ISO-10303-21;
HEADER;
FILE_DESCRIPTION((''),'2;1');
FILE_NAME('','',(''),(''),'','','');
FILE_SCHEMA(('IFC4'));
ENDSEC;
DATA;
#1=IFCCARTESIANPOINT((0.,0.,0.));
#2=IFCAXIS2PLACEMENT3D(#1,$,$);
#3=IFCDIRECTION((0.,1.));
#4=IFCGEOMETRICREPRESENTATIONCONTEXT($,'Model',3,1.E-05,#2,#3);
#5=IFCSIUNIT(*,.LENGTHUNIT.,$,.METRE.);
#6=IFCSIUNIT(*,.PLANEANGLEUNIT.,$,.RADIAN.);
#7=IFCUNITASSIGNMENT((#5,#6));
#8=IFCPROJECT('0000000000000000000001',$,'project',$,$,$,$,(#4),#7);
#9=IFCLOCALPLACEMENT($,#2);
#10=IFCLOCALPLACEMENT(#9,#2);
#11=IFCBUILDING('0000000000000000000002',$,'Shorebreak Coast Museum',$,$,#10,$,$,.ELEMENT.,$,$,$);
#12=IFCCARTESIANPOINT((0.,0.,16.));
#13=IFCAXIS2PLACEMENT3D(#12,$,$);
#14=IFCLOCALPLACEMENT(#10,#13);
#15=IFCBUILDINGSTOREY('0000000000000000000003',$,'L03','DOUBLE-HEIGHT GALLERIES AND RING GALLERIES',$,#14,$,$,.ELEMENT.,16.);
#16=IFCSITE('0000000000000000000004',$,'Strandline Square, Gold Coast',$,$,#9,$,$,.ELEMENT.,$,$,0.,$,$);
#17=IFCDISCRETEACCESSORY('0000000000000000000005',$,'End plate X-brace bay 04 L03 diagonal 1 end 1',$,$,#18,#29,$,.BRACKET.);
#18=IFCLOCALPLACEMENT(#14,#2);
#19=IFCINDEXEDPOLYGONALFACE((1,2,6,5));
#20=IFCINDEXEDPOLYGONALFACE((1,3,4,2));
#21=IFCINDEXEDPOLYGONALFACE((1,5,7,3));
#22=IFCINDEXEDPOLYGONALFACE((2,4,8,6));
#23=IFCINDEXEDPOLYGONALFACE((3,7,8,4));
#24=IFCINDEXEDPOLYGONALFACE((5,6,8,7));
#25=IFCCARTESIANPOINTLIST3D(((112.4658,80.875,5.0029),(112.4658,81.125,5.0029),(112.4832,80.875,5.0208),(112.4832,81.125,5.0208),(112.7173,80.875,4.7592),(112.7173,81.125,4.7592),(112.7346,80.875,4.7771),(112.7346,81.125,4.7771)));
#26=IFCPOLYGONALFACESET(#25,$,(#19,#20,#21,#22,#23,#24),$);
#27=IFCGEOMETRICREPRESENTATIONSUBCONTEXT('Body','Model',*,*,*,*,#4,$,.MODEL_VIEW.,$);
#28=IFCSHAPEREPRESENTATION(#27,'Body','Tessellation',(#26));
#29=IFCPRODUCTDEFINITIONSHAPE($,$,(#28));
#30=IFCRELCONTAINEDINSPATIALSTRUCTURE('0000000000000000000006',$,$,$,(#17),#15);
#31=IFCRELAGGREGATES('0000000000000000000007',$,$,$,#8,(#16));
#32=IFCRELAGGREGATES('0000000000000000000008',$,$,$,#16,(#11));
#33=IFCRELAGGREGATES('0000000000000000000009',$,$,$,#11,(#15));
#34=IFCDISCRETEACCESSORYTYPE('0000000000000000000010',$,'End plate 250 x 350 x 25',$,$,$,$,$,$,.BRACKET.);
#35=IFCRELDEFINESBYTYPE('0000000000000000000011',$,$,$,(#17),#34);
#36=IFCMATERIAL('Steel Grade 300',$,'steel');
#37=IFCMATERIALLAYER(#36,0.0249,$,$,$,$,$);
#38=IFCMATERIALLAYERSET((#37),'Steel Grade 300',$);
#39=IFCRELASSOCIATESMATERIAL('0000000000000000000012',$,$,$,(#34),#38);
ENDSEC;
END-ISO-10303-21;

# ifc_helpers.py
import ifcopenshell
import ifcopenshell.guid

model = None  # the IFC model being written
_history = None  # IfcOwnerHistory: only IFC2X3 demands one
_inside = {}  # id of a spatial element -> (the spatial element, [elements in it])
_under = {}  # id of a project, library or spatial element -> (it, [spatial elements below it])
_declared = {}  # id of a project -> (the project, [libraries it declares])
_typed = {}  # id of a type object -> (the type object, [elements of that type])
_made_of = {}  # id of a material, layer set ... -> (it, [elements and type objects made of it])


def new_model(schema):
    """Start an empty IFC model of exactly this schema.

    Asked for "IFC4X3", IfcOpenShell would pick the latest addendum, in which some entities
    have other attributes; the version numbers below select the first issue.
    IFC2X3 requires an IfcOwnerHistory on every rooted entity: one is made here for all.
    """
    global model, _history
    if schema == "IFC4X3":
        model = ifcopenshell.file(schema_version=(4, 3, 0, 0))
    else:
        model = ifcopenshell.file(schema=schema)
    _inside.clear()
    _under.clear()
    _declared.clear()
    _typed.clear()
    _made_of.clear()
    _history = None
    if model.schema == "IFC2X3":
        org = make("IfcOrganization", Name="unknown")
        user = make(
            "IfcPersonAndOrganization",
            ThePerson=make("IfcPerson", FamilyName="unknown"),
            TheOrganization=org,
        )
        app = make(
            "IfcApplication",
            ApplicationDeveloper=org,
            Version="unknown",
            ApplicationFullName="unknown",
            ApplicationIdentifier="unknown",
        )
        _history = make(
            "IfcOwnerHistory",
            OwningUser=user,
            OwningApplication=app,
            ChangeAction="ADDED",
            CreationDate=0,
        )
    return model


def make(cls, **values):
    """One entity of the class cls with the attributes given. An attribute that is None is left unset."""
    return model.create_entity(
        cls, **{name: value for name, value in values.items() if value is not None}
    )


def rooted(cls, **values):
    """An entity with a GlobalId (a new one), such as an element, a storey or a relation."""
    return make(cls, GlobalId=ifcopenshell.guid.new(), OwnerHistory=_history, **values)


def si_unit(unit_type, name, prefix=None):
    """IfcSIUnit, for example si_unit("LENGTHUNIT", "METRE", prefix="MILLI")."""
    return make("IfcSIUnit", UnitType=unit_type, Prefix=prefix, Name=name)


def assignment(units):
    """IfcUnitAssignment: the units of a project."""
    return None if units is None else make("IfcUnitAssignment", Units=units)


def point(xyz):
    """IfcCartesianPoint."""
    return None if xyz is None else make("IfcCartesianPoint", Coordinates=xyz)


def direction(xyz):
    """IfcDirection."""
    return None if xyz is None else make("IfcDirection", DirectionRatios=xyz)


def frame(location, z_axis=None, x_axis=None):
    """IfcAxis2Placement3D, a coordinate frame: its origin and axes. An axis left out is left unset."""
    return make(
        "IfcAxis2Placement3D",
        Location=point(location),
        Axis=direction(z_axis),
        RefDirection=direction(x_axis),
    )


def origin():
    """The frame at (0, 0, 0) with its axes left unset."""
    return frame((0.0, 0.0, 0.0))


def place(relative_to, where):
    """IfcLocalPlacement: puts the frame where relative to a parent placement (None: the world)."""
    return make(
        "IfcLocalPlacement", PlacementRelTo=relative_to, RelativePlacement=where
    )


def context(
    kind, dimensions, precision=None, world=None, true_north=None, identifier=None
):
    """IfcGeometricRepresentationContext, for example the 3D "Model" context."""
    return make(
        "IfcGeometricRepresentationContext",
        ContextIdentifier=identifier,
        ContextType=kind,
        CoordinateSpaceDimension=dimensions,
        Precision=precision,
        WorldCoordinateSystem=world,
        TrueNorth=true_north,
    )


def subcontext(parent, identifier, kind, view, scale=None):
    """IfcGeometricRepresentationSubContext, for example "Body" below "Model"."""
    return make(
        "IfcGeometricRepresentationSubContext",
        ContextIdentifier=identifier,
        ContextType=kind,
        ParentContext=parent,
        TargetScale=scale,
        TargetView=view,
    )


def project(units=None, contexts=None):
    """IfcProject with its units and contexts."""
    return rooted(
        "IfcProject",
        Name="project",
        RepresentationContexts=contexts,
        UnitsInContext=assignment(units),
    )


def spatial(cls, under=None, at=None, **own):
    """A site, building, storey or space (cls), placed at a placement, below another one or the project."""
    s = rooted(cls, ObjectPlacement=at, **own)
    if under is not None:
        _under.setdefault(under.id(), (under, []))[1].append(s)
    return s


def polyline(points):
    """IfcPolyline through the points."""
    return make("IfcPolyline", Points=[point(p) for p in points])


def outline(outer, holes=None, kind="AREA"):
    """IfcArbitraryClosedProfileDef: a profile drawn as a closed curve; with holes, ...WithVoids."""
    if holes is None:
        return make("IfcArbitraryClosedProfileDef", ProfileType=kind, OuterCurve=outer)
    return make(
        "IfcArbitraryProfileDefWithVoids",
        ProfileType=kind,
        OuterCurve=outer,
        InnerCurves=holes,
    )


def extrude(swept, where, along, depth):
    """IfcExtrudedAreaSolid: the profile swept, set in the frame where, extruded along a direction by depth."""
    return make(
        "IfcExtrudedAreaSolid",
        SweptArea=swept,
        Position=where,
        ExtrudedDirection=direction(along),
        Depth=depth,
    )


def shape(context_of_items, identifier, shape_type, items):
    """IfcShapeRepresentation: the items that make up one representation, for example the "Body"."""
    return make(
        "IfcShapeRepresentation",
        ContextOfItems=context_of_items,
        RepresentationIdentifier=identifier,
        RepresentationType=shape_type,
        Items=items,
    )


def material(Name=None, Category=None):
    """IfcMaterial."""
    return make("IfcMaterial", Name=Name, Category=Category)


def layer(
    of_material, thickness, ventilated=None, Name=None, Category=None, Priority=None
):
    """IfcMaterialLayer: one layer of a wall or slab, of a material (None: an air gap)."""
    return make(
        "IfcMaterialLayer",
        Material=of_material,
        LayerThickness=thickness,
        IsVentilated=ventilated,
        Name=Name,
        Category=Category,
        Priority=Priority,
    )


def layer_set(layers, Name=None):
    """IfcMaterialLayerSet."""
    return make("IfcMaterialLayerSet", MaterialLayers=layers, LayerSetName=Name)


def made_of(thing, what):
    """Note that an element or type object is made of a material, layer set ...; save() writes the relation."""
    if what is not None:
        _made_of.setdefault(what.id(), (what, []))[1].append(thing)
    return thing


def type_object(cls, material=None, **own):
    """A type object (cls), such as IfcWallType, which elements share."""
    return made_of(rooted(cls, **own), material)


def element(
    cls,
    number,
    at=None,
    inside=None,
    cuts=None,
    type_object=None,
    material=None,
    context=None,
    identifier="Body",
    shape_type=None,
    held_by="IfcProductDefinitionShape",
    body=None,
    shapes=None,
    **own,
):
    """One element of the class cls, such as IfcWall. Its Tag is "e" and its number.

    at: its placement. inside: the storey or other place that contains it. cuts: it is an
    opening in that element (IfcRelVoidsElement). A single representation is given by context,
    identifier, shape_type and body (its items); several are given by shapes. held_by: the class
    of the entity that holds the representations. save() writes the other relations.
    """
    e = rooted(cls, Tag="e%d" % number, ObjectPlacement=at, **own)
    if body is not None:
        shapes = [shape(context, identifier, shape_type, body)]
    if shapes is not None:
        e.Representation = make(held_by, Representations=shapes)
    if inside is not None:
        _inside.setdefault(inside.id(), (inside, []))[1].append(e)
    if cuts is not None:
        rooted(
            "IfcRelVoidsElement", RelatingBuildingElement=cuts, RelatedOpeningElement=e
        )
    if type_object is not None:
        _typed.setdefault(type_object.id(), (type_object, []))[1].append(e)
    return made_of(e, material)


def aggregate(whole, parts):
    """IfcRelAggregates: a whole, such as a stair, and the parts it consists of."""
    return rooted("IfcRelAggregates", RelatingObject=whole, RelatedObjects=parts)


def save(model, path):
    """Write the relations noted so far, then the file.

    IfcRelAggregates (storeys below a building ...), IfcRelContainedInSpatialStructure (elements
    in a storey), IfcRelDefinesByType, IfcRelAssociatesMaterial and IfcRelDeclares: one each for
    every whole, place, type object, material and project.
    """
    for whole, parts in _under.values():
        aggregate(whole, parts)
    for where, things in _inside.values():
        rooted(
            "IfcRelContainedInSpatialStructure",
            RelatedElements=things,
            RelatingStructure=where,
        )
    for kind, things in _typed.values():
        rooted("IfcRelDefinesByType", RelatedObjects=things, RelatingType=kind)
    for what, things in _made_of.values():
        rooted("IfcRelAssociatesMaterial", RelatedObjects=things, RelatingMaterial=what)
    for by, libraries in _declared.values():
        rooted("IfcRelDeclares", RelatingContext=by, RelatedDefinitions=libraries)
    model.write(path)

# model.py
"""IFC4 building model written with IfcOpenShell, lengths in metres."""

from ifc_helpers import new_model, si_unit, direction, frame, origin, place, context, subcontext, project, spatial, polyline, outline, extrude, material, layer, layer_set, type_object, element, save


model = new_model("IFC4")

# Units and contexts
model_context = context("Model", 3, precision=1e-05, world=origin(), true_north=direction((0.0, 1.0)))
body_context = subcontext(model_context, "Body", "Model", "MODEL_VIEW")
ifc_project = project(units=[si_unit("LENGTHUNIT", "METRE"), si_unit("PLANEANGLEUNIT", "RADIAN")], contexts=[model_context])

# Site, building, storey
site_placement = place(None, origin())
site = spatial("IfcSite", under=ifc_project, at=site_placement, Name="Strandline Square, Gold Coast", CompositionType="ELEMENT", RefElevation=0.0)
building_placement = place(site_placement, origin())
building = spatial("IfcBuilding", under=site, at=building_placement, Name="Shorebreak Coast Museum", CompositionType="ELEMENT")
storey_placement = place(building_placement, frame((0.0, 0.0, 16.0)))
storey = spatial("IfcBuildingStorey", under=building, at=storey_placement, Name="L03", Description="DOUBLE-HEIGHT GALLERIES AND RING GALLERIES", CompositionType="ELEMENT", Elevation=16.0)

# Discrete accessory
ifc_material_1 = material(Name="Steel Grade 300", Category="steel")
ifc_layer_1 = layer(ifc_material_1, 0.0249)
ifc_layer_set_1 = layer_set([ifc_layer_1], Name="Steel Grade 300")
discrete_accessory_type = type_object("IfcDiscreteAccessoryType", Name="End plate 250 x 350 x 25", PredefinedType="BRACKET", material=ifc_layer_set_1)
discrete_accessory_placement = place(storey_placement, frame((112.7346, 80.875, 4.7771), z_axis=(0.695863, 0.0, 0.718175), x_axis=(0.0, 1.0, 0.0)))
element("IfcDiscreteAccessory", 1, at=discrete_accessory_placement, inside=storey, type_object=discrete_accessory_type, Name="End plate X-brace bay 04 L03 diagonal 1 end 1", PredefinedType="BRACKET", context=body_context, shape_type="SweptSolid", body=[
    extrude(outline(polyline([(0.0, 0.0), (0.25, 0.0), (0.25, 0.3501), (0.0, 0.3501), (0.0, 0.0)])), origin(), (0.0, 0.0, -1.0), 0.0249),
])

save(model, "model.ifc")
